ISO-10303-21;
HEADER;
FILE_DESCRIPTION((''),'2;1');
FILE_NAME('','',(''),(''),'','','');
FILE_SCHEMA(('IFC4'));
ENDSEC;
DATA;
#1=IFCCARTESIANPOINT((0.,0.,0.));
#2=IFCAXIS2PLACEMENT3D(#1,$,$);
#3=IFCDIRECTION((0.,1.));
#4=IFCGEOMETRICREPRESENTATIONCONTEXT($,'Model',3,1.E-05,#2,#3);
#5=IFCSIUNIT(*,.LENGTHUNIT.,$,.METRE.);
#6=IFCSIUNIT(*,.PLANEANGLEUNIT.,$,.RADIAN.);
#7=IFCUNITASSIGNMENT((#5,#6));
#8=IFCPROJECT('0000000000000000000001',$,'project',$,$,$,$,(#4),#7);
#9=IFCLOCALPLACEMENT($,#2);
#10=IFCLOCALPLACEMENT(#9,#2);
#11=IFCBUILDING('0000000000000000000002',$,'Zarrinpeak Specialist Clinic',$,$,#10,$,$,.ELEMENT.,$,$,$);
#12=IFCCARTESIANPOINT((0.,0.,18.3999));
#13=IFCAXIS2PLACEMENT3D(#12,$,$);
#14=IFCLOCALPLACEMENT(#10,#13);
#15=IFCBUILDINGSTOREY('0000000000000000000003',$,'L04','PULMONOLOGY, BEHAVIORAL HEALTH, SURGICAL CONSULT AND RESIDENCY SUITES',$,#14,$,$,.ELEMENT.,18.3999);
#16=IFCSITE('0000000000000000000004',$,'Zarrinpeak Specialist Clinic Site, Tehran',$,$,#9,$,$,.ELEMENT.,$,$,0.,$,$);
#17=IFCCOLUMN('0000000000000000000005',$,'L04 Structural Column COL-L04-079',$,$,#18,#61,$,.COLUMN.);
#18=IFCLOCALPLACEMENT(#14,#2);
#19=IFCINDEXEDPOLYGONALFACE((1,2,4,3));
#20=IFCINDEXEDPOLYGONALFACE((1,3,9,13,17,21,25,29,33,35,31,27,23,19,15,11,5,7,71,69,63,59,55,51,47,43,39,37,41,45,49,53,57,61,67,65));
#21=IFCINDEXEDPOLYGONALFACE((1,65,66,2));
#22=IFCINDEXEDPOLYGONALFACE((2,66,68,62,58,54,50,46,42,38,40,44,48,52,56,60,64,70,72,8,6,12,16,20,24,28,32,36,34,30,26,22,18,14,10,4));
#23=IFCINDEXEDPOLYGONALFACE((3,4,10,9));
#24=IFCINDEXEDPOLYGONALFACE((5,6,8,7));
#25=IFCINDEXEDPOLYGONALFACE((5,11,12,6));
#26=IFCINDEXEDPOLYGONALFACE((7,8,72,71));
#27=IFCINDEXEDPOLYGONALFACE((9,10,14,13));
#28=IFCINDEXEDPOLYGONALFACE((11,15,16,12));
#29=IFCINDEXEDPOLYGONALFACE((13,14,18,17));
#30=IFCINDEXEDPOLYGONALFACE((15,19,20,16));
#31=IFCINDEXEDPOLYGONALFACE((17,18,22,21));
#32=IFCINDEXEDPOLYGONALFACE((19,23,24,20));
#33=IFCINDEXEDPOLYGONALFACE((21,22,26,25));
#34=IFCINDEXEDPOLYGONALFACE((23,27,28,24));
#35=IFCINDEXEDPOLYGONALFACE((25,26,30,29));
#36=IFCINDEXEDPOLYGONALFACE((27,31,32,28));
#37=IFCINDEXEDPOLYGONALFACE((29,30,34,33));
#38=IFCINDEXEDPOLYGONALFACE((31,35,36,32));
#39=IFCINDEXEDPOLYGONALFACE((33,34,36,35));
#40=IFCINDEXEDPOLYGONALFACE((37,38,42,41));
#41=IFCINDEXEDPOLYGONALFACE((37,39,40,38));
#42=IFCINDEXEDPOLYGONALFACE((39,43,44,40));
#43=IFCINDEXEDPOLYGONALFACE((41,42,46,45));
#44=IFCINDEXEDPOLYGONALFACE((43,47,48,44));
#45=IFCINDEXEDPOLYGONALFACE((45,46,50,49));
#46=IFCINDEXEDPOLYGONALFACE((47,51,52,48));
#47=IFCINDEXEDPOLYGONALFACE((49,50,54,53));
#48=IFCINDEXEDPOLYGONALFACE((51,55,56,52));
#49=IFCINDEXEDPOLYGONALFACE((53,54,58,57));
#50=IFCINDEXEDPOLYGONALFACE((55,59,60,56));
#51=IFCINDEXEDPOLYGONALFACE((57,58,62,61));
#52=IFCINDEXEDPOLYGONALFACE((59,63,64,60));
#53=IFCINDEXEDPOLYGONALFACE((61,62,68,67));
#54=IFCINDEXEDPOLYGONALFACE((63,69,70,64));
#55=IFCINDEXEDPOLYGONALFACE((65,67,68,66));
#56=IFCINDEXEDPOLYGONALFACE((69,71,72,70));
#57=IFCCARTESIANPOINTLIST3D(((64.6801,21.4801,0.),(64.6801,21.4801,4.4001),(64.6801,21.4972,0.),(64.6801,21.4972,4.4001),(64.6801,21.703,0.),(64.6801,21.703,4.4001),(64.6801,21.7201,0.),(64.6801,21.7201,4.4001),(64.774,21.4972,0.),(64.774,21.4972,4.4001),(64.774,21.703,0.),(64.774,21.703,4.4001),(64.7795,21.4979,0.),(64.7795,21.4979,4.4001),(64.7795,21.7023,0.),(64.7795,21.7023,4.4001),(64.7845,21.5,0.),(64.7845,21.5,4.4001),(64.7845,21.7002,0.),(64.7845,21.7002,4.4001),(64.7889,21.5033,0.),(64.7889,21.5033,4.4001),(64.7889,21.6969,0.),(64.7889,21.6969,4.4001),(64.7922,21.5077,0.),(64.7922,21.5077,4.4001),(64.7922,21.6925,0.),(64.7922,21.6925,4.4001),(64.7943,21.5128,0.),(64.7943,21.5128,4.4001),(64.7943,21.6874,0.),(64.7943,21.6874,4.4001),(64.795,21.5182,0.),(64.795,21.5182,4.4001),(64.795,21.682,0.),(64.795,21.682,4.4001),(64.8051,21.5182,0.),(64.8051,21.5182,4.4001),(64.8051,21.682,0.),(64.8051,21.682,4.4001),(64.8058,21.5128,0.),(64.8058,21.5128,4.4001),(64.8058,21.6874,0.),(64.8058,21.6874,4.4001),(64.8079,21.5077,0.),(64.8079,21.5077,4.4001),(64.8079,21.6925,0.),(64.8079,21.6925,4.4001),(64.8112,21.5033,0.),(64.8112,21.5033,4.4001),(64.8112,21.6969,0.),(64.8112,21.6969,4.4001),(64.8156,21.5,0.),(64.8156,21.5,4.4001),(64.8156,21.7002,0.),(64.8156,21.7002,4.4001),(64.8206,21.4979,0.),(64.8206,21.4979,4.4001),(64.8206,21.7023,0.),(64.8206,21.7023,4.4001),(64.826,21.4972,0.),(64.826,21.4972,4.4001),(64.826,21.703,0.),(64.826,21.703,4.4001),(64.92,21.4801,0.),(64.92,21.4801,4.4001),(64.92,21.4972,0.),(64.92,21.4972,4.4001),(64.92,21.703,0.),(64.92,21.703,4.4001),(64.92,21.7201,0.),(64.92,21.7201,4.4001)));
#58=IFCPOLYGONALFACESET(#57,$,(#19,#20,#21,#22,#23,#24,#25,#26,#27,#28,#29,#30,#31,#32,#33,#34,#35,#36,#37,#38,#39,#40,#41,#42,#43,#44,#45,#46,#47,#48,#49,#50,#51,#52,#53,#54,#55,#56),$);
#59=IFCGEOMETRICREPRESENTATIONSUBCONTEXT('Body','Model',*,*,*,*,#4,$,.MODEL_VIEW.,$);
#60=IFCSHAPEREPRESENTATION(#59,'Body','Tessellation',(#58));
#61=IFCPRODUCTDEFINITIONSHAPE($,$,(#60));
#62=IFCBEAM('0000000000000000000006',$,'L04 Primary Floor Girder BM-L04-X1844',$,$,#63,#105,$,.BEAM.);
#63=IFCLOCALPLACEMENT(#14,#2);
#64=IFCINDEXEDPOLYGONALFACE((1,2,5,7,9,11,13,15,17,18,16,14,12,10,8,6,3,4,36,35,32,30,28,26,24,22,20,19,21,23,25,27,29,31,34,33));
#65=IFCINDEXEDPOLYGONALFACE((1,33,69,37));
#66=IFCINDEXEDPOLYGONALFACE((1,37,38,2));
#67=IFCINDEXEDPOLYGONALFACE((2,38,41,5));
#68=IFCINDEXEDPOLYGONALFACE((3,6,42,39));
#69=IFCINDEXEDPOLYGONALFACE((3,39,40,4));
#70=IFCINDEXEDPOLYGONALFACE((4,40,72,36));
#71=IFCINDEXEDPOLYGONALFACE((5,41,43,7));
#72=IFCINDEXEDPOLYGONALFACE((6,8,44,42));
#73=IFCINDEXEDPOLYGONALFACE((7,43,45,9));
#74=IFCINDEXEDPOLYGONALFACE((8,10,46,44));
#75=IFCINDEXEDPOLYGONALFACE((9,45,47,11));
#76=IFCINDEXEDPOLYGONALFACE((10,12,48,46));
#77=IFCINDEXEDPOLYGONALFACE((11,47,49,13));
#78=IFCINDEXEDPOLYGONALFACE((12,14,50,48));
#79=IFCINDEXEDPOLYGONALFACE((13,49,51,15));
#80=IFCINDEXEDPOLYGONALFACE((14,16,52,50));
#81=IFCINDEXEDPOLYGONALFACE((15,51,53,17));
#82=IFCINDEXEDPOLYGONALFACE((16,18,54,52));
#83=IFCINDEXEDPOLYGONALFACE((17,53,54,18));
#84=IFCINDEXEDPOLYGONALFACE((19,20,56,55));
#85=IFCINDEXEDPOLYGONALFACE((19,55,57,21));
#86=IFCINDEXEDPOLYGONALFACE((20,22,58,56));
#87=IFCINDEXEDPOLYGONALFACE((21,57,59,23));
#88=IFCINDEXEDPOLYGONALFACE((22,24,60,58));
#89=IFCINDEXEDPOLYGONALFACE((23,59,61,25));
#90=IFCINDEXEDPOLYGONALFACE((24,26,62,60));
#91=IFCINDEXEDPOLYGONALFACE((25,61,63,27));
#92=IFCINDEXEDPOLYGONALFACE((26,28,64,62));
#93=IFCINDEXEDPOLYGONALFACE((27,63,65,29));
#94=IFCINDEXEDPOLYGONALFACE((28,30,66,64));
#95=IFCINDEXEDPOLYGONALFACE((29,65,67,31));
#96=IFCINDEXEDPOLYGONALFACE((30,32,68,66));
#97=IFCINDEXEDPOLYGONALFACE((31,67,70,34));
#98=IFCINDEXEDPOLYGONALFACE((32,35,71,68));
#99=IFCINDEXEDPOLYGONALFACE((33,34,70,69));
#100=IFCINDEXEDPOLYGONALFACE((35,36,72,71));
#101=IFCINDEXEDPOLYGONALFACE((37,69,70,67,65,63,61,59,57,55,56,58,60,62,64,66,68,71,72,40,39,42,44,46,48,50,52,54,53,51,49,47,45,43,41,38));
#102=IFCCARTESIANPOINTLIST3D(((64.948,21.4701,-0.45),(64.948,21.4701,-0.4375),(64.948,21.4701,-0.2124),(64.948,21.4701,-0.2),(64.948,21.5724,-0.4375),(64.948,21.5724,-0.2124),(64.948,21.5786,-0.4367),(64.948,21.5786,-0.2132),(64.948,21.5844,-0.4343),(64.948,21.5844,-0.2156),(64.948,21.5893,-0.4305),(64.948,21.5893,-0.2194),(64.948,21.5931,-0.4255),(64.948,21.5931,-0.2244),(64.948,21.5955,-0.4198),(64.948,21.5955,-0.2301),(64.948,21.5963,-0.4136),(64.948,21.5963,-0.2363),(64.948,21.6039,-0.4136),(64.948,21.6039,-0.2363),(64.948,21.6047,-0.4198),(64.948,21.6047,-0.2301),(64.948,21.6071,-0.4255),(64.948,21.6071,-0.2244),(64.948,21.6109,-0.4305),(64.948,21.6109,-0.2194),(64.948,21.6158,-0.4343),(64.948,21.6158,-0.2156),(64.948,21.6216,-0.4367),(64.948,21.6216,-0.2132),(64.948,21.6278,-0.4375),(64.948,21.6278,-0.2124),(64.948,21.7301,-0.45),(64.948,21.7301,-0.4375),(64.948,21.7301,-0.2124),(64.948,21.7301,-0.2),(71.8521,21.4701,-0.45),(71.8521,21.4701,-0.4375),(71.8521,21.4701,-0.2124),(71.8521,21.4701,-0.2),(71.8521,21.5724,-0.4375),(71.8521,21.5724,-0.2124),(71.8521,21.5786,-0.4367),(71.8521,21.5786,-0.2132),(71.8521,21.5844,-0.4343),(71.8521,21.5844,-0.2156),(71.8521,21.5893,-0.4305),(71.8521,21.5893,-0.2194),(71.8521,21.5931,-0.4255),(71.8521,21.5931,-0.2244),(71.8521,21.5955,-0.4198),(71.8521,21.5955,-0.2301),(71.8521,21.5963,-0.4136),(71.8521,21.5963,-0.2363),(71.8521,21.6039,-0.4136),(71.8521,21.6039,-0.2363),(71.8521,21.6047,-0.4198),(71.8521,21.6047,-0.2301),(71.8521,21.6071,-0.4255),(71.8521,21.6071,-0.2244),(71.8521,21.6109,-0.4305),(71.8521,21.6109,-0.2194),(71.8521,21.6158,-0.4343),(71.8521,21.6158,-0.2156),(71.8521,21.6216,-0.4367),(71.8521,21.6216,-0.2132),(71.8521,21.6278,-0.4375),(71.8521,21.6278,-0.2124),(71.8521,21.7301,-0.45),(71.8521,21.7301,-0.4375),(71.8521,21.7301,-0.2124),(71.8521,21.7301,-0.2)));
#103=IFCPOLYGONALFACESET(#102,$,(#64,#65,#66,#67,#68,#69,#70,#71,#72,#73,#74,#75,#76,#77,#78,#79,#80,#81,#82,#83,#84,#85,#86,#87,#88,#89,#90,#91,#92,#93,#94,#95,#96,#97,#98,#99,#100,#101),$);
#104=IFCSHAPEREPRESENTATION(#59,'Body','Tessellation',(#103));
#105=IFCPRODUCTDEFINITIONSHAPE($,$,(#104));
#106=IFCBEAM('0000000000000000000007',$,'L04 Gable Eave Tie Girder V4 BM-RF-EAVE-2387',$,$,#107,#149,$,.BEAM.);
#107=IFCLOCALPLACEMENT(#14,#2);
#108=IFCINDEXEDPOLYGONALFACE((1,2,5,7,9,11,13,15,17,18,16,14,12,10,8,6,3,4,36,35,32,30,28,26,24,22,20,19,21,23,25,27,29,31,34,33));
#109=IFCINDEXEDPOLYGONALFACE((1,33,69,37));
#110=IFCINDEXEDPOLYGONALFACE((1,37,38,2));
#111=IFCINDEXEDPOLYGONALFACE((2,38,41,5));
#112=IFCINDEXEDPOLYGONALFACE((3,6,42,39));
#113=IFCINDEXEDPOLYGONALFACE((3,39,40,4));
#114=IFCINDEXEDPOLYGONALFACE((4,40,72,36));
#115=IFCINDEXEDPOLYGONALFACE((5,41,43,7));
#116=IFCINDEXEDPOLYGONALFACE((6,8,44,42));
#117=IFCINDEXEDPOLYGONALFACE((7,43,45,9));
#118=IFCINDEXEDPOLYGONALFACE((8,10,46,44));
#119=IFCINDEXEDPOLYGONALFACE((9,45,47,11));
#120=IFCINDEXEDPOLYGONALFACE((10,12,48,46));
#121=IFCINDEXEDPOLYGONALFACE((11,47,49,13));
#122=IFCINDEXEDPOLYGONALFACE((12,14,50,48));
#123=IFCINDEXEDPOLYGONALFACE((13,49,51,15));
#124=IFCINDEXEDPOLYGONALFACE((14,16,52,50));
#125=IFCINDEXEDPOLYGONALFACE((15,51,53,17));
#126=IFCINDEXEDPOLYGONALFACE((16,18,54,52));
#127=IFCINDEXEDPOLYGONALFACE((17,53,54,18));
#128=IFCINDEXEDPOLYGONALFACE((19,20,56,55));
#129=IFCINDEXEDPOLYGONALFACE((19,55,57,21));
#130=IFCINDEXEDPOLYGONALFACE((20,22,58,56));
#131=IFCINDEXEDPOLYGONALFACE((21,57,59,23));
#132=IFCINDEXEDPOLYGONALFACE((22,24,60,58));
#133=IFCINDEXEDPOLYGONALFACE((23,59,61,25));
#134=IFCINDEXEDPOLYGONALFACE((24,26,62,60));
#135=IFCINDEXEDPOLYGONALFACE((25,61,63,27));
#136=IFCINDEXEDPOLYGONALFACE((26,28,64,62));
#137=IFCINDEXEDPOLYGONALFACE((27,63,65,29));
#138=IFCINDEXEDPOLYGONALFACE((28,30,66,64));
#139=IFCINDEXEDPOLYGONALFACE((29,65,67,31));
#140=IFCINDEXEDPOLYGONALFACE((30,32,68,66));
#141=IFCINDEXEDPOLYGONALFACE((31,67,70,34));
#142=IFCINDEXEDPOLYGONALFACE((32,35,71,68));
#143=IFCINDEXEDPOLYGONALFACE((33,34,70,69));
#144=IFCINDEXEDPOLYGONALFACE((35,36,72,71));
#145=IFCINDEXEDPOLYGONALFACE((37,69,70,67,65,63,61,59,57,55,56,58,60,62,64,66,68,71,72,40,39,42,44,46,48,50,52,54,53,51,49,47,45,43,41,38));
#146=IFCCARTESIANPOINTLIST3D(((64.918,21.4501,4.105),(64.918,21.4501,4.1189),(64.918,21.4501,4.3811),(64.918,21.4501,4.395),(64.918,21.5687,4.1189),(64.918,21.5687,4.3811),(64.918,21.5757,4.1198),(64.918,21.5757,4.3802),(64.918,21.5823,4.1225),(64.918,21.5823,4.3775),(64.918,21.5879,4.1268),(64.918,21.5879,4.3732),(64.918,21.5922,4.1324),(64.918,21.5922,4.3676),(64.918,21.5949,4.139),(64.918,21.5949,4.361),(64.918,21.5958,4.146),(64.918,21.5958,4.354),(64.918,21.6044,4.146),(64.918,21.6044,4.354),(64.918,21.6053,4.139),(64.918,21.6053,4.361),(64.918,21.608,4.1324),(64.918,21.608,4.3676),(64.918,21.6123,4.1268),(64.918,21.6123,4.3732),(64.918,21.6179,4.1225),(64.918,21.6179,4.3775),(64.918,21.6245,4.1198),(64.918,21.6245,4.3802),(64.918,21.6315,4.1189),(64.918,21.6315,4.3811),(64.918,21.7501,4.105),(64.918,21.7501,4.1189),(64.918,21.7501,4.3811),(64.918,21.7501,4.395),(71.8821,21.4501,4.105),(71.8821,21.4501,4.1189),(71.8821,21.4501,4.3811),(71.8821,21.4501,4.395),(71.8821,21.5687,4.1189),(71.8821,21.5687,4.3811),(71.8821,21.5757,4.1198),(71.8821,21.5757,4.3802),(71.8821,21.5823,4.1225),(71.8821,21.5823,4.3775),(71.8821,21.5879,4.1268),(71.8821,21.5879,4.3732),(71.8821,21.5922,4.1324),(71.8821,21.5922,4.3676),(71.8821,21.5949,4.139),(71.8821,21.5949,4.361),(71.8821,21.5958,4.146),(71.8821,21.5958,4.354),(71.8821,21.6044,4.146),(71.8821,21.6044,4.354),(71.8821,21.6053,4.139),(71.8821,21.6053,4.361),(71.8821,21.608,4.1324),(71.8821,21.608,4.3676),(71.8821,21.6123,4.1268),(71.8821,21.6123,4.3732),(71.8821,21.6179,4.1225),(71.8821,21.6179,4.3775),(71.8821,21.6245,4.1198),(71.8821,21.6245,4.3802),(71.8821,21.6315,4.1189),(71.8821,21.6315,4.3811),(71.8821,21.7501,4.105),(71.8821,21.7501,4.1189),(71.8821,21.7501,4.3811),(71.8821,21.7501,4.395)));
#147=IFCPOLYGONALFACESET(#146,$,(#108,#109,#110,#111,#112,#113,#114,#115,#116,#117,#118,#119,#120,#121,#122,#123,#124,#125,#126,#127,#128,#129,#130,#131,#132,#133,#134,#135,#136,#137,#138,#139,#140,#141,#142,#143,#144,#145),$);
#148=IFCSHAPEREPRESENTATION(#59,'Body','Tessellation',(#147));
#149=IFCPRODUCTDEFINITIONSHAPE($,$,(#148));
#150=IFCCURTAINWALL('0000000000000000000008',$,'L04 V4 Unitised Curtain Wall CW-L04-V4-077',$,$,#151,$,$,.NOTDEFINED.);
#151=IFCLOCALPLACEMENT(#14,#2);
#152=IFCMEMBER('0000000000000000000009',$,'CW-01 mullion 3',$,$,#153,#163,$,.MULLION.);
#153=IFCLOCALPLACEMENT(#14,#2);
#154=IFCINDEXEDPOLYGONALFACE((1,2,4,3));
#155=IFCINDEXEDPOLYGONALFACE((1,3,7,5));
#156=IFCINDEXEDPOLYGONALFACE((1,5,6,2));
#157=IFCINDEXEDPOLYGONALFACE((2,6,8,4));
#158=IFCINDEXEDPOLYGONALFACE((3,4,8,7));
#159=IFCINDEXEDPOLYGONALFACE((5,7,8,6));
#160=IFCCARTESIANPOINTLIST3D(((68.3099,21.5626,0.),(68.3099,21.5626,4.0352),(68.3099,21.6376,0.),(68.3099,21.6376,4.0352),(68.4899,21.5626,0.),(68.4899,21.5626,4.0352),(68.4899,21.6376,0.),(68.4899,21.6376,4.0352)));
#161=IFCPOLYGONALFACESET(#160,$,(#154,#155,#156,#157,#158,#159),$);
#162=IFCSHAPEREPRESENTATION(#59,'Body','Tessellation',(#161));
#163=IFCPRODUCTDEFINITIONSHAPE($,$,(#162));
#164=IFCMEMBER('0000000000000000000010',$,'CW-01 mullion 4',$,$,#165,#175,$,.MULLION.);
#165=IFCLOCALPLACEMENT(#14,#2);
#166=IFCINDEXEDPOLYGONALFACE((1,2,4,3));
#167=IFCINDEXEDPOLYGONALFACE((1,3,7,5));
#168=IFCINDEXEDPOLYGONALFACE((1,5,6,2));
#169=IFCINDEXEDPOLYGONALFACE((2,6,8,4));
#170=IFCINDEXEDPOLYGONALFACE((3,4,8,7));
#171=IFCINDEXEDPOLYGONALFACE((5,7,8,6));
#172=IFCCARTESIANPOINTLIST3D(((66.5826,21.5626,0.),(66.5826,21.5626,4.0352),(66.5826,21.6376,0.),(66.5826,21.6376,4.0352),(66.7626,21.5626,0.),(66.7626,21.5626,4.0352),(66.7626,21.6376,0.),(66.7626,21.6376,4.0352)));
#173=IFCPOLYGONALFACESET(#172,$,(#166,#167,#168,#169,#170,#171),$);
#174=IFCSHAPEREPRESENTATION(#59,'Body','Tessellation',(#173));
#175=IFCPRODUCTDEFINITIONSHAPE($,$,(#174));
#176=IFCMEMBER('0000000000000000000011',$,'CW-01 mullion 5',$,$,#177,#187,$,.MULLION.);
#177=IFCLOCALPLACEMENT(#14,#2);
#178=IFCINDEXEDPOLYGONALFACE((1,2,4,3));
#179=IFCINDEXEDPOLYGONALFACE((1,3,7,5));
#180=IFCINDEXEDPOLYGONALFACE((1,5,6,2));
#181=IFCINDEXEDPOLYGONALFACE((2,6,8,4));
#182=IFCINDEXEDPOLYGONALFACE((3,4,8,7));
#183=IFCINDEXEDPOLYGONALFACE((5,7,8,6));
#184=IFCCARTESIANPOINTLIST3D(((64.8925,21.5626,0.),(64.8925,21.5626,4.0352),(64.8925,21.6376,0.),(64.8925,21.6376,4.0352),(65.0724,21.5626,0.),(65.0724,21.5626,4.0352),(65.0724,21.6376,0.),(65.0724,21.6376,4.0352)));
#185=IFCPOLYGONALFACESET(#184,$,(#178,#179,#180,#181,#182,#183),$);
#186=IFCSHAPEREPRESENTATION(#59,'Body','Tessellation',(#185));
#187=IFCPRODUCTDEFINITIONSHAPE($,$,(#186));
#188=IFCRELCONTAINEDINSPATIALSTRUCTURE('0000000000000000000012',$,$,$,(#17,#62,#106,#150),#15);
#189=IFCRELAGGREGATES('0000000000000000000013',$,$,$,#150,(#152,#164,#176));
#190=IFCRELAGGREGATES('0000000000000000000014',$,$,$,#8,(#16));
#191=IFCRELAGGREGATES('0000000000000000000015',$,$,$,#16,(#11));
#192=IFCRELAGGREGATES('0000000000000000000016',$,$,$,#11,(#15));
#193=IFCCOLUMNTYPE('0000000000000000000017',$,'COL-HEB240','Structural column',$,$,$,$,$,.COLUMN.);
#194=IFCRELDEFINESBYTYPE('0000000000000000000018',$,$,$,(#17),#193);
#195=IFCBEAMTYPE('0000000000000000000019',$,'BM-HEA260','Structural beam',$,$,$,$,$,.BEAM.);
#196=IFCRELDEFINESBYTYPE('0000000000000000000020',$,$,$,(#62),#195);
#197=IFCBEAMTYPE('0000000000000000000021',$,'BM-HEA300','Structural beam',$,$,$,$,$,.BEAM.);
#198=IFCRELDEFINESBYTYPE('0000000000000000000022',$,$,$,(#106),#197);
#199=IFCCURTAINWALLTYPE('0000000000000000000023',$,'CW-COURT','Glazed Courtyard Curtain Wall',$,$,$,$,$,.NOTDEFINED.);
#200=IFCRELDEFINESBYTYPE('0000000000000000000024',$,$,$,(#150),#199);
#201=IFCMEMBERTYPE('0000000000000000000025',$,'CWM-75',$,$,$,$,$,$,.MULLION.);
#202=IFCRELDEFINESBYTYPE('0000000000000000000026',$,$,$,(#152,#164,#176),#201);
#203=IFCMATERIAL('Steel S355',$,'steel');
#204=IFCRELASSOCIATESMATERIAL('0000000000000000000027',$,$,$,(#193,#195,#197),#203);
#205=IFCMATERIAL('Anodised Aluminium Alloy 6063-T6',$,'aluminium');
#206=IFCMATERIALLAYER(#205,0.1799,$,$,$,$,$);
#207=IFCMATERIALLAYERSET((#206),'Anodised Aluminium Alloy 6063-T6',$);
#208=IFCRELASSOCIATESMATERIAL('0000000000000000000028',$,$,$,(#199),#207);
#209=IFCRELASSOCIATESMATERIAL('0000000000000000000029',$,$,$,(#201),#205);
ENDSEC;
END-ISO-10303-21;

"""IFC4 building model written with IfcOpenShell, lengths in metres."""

from ifc_helpers import new_model, si_unit, direction, frame, origin, origin_2d, place, context, subcontext, project, spatial, rectangle, i_section, extrude, material, layer, layer_set, material_profile, profile_set, type_object, element, aggregate, save


model = new_model("IFC4")

# Units and contexts
model_context = context("Model", 3, precision=1e-05, world=origin(), true_north=direction((0.0, 1.0)))
body_context = subcontext(model_context, "Body", "Model", "MODEL_VIEW")
ifc_project = project(units=[si_unit("LENGTHUNIT", "METRE"), si_unit("PLANEANGLEUNIT", "RADIAN")], contexts=[model_context])

# Site, building, storey
site_placement = place(None, origin())
site = spatial("IfcSite", under=ifc_project, at=site_placement, Name="Zarrinpeak Specialist Clinic Site, Tehran", CompositionType="ELEMENT", RefElevation=0.0)
building_placement = place(site_placement, origin())
building = spatial("IfcBuilding", under=site, at=building_placement, Name="Zarrinpeak Specialist Clinic", CompositionType="ELEMENT")
storey_placement = place(building_placement, frame((0.0, 0.0, 18.3999)))
storey = spatial("IfcBuildingStorey", under=building, at=storey_placement, Name="L04", Description="PULMONOLOGY, BEHAVIORAL HEALTH, SURGICAL CONSULT AND RESIDENCY SUITES", CompositionType="ELEMENT", Elevation=18.3999)

# Column
ifc_material_1 = material(Name="Steel S355", Category="steel")
ifc_material_profile_1 = material_profile(ifc_material_1, i_section(OverallWidth=0.24, OverallDepth=0.24, WebThickness=0.01, FlangeThickness=0.0171, FilletRadius=0.021, at=origin_2d()), Name="HEB 240")
ifc_profile_set_1 = profile_set([ifc_material_profile_1], Name="Steel S355")
column_type = type_object("IfcColumnType", Name="COL-HEB240", Description="Structural column", PredefinedType="COLUMN", material=ifc_profile_set_1)
column_placement = place(storey_placement, frame((64.8, 21.6001, 0.0), z_axis=(0.0, 0.0, 1.0), x_axis=(1.0, 0.0, 0.0)))
element("IfcColumn", 1, at=column_placement, inside=storey, type_object=column_type, Name="L04 Structural Column COL-L04-079", PredefinedType="COLUMN", context=body_context, shape_type="SweptSolid", body=[
    extrude(i_section(OverallWidth=0.24, OverallDepth=0.24, WebThickness=0.01, FlangeThickness=0.0171, FilletRadius=0.021, at=origin_2d()), origin(), (0.0, 0.0, 1.0), 4.4001),
])

# Beams
ifc_material_profile_2 = material_profile(ifc_material_1, i_section(OverallWidth=0.26, OverallDepth=0.25, WebThickness=0.0076, FlangeThickness=0.0125, FilletRadius=0.0239, at=origin_2d()), Name="HEA 260")
ifc_profile_set_2 = profile_set([ifc_material_profile_2], Name="Steel S355")
beam_type_1 = type_object("IfcBeamType", Name="BM-HEA260", Description="Structural beam", PredefinedType="BEAM", material=ifc_profile_set_2)
beam_1_placement = place(storey_placement, frame((64.948, 21.6001, -0.325), z_axis=(1.0, 0.0, 0.0), x_axis=(0.0, 1.0, 0.0)))
element("IfcBeam", 2, at=beam_1_placement, inside=storey, type_object=beam_type_1, Name="L04 Primary Floor Girder BM-L04-X1844", PredefinedType="BEAM", context=body_context, shape_type="SweptSolid", body=[
    extrude(i_section(OverallWidth=0.26, OverallDepth=0.25, WebThickness=0.0076, FlangeThickness=0.0125, FilletRadius=0.0239, at=origin_2d()), origin(), (0.0, 0.0, 1.0), 6.9041),
])
ifc_material_profile_3 = material_profile(ifc_material_1, i_section(OverallWidth=0.3, OverallDepth=0.29, WebThickness=0.0085, FlangeThickness=0.0139, FilletRadius=0.0271, at=origin_2d()), Name="HEA 300")
ifc_profile_set_3 = profile_set([ifc_material_profile_3], Name="Steel S355")
beam_type_2 = type_object("IfcBeamType", Name="BM-HEA300", Description="Structural beam", PredefinedType="BEAM", material=ifc_profile_set_3)
beam_2_placement = place(storey_placement, frame((64.918, 21.6001, 4.25), z_axis=(1.0, 0.0, 0.0), x_axis=(0.0, 1.0, 0.0)))
element("IfcBeam", 3, at=beam_2_placement, inside=storey, type_object=beam_type_2, Name="L04 Gable Eave Tie Girder V4 BM-RF-EAVE-2387", PredefinedType="BEAM", context=body_context, shape_type="SweptSolid", body=[
    extrude(i_section(OverallWidth=0.3, OverallDepth=0.29, WebThickness=0.0085, FlangeThickness=0.0139, FilletRadius=0.0271, at=origin_2d()), origin(), (0.0, 0.0, 1.0), 6.9641),
])

# Curtain wall, members
ifc_material_2 = material(Name="Anodised Aluminium Alloy 6063-T6", Category="aluminium")
ifc_layer_1 = layer(ifc_material_2, 0.1799)
ifc_layer_set_1 = layer_set([ifc_layer_1], Name="Anodised Aluminium Alloy 6063-T6")
curtain_wall_type = type_object("IfcCurtainWallType", Name="CW-COURT", Description="Glazed Courtyard Curtain Wall", PredefinedType="NOTDEFINED", material=ifc_layer_set_1)
curtain_wall_placement = place(storey_placement, origin())
curtain_wall = element("IfcCurtainWall", 4, at=curtain_wall_placement, inside=storey, type_object=curtain_wall_type, Name="L04 V4 Unitised Curtain Wall CW-L04-V4-077", PredefinedType="NOTDEFINED")
ifc_material_profile_4 = material_profile(ifc_material_2, rectangle(XDim=0.075, YDim=0.1799, at=origin_2d()), Name="ALU 75x180")
ifc_profile_set_4 = profile_set([ifc_material_profile_4], Name="Anodised Aluminium Alloy 6063-T6")
member_type_1 = type_object("IfcMemberType", Name="CWM-75", PredefinedType="MULLION", material=ifc_profile_set_4)
member_1_placement = place(storey_placement, frame((68.3999, 21.6001, 0.0), z_axis=(0.0, 0.0, 1.0), x_axis=(0.0, -1.0, 0.0)))
member_1 = element("IfcMember", 5, at=member_1_placement, type_object=member_type_1, Name="CW-01 mullion 3", PredefinedType="MULLION", context=body_context, shape_type="SweptSolid", body=[
    extrude(rectangle(XDim=0.075, YDim=0.1799, at=origin_2d()), origin(), (0.0, 0.0, 1.0), 4.0352),
])
member_2_placement = place(storey_placement, frame((66.6726, 21.6001, 0.0), z_axis=(0.0, 0.0, 1.0), x_axis=(0.0, -1.0, 0.0)))
member_2 = element("IfcMember", 6, at=member_2_placement, type_object=member_type_1, Name="CW-01 mullion 4", PredefinedType="MULLION", context=body_context, shape_type="SweptSolid", body=[
    extrude(rectangle(XDim=0.075, YDim=0.1799, at=origin_2d()), origin(), (0.0, 0.0, 1.0), 4.0352),
])
member_3_placement = place(storey_placement, frame((64.9824, 21.6001, 0.0), z_axis=(0.0, 0.0, 1.0), x_axis=(0.0, -1.0, 0.0)))
member_3 = element("IfcMember", 7, at=member_3_placement, type_object=member_type_1, Name="CW-01 mullion 5", PredefinedType="MULLION", context=body_context, shape_type="SweptSolid", body=[
    extrude(rectangle(XDim=0.075, YDim=0.1799, at=origin_2d()), origin(), (0.0, 0.0, 1.0), 4.0352),
])
aggregate(curtain_wall, [member_1, member_2, member_3])

save(model, "model.ifc")
